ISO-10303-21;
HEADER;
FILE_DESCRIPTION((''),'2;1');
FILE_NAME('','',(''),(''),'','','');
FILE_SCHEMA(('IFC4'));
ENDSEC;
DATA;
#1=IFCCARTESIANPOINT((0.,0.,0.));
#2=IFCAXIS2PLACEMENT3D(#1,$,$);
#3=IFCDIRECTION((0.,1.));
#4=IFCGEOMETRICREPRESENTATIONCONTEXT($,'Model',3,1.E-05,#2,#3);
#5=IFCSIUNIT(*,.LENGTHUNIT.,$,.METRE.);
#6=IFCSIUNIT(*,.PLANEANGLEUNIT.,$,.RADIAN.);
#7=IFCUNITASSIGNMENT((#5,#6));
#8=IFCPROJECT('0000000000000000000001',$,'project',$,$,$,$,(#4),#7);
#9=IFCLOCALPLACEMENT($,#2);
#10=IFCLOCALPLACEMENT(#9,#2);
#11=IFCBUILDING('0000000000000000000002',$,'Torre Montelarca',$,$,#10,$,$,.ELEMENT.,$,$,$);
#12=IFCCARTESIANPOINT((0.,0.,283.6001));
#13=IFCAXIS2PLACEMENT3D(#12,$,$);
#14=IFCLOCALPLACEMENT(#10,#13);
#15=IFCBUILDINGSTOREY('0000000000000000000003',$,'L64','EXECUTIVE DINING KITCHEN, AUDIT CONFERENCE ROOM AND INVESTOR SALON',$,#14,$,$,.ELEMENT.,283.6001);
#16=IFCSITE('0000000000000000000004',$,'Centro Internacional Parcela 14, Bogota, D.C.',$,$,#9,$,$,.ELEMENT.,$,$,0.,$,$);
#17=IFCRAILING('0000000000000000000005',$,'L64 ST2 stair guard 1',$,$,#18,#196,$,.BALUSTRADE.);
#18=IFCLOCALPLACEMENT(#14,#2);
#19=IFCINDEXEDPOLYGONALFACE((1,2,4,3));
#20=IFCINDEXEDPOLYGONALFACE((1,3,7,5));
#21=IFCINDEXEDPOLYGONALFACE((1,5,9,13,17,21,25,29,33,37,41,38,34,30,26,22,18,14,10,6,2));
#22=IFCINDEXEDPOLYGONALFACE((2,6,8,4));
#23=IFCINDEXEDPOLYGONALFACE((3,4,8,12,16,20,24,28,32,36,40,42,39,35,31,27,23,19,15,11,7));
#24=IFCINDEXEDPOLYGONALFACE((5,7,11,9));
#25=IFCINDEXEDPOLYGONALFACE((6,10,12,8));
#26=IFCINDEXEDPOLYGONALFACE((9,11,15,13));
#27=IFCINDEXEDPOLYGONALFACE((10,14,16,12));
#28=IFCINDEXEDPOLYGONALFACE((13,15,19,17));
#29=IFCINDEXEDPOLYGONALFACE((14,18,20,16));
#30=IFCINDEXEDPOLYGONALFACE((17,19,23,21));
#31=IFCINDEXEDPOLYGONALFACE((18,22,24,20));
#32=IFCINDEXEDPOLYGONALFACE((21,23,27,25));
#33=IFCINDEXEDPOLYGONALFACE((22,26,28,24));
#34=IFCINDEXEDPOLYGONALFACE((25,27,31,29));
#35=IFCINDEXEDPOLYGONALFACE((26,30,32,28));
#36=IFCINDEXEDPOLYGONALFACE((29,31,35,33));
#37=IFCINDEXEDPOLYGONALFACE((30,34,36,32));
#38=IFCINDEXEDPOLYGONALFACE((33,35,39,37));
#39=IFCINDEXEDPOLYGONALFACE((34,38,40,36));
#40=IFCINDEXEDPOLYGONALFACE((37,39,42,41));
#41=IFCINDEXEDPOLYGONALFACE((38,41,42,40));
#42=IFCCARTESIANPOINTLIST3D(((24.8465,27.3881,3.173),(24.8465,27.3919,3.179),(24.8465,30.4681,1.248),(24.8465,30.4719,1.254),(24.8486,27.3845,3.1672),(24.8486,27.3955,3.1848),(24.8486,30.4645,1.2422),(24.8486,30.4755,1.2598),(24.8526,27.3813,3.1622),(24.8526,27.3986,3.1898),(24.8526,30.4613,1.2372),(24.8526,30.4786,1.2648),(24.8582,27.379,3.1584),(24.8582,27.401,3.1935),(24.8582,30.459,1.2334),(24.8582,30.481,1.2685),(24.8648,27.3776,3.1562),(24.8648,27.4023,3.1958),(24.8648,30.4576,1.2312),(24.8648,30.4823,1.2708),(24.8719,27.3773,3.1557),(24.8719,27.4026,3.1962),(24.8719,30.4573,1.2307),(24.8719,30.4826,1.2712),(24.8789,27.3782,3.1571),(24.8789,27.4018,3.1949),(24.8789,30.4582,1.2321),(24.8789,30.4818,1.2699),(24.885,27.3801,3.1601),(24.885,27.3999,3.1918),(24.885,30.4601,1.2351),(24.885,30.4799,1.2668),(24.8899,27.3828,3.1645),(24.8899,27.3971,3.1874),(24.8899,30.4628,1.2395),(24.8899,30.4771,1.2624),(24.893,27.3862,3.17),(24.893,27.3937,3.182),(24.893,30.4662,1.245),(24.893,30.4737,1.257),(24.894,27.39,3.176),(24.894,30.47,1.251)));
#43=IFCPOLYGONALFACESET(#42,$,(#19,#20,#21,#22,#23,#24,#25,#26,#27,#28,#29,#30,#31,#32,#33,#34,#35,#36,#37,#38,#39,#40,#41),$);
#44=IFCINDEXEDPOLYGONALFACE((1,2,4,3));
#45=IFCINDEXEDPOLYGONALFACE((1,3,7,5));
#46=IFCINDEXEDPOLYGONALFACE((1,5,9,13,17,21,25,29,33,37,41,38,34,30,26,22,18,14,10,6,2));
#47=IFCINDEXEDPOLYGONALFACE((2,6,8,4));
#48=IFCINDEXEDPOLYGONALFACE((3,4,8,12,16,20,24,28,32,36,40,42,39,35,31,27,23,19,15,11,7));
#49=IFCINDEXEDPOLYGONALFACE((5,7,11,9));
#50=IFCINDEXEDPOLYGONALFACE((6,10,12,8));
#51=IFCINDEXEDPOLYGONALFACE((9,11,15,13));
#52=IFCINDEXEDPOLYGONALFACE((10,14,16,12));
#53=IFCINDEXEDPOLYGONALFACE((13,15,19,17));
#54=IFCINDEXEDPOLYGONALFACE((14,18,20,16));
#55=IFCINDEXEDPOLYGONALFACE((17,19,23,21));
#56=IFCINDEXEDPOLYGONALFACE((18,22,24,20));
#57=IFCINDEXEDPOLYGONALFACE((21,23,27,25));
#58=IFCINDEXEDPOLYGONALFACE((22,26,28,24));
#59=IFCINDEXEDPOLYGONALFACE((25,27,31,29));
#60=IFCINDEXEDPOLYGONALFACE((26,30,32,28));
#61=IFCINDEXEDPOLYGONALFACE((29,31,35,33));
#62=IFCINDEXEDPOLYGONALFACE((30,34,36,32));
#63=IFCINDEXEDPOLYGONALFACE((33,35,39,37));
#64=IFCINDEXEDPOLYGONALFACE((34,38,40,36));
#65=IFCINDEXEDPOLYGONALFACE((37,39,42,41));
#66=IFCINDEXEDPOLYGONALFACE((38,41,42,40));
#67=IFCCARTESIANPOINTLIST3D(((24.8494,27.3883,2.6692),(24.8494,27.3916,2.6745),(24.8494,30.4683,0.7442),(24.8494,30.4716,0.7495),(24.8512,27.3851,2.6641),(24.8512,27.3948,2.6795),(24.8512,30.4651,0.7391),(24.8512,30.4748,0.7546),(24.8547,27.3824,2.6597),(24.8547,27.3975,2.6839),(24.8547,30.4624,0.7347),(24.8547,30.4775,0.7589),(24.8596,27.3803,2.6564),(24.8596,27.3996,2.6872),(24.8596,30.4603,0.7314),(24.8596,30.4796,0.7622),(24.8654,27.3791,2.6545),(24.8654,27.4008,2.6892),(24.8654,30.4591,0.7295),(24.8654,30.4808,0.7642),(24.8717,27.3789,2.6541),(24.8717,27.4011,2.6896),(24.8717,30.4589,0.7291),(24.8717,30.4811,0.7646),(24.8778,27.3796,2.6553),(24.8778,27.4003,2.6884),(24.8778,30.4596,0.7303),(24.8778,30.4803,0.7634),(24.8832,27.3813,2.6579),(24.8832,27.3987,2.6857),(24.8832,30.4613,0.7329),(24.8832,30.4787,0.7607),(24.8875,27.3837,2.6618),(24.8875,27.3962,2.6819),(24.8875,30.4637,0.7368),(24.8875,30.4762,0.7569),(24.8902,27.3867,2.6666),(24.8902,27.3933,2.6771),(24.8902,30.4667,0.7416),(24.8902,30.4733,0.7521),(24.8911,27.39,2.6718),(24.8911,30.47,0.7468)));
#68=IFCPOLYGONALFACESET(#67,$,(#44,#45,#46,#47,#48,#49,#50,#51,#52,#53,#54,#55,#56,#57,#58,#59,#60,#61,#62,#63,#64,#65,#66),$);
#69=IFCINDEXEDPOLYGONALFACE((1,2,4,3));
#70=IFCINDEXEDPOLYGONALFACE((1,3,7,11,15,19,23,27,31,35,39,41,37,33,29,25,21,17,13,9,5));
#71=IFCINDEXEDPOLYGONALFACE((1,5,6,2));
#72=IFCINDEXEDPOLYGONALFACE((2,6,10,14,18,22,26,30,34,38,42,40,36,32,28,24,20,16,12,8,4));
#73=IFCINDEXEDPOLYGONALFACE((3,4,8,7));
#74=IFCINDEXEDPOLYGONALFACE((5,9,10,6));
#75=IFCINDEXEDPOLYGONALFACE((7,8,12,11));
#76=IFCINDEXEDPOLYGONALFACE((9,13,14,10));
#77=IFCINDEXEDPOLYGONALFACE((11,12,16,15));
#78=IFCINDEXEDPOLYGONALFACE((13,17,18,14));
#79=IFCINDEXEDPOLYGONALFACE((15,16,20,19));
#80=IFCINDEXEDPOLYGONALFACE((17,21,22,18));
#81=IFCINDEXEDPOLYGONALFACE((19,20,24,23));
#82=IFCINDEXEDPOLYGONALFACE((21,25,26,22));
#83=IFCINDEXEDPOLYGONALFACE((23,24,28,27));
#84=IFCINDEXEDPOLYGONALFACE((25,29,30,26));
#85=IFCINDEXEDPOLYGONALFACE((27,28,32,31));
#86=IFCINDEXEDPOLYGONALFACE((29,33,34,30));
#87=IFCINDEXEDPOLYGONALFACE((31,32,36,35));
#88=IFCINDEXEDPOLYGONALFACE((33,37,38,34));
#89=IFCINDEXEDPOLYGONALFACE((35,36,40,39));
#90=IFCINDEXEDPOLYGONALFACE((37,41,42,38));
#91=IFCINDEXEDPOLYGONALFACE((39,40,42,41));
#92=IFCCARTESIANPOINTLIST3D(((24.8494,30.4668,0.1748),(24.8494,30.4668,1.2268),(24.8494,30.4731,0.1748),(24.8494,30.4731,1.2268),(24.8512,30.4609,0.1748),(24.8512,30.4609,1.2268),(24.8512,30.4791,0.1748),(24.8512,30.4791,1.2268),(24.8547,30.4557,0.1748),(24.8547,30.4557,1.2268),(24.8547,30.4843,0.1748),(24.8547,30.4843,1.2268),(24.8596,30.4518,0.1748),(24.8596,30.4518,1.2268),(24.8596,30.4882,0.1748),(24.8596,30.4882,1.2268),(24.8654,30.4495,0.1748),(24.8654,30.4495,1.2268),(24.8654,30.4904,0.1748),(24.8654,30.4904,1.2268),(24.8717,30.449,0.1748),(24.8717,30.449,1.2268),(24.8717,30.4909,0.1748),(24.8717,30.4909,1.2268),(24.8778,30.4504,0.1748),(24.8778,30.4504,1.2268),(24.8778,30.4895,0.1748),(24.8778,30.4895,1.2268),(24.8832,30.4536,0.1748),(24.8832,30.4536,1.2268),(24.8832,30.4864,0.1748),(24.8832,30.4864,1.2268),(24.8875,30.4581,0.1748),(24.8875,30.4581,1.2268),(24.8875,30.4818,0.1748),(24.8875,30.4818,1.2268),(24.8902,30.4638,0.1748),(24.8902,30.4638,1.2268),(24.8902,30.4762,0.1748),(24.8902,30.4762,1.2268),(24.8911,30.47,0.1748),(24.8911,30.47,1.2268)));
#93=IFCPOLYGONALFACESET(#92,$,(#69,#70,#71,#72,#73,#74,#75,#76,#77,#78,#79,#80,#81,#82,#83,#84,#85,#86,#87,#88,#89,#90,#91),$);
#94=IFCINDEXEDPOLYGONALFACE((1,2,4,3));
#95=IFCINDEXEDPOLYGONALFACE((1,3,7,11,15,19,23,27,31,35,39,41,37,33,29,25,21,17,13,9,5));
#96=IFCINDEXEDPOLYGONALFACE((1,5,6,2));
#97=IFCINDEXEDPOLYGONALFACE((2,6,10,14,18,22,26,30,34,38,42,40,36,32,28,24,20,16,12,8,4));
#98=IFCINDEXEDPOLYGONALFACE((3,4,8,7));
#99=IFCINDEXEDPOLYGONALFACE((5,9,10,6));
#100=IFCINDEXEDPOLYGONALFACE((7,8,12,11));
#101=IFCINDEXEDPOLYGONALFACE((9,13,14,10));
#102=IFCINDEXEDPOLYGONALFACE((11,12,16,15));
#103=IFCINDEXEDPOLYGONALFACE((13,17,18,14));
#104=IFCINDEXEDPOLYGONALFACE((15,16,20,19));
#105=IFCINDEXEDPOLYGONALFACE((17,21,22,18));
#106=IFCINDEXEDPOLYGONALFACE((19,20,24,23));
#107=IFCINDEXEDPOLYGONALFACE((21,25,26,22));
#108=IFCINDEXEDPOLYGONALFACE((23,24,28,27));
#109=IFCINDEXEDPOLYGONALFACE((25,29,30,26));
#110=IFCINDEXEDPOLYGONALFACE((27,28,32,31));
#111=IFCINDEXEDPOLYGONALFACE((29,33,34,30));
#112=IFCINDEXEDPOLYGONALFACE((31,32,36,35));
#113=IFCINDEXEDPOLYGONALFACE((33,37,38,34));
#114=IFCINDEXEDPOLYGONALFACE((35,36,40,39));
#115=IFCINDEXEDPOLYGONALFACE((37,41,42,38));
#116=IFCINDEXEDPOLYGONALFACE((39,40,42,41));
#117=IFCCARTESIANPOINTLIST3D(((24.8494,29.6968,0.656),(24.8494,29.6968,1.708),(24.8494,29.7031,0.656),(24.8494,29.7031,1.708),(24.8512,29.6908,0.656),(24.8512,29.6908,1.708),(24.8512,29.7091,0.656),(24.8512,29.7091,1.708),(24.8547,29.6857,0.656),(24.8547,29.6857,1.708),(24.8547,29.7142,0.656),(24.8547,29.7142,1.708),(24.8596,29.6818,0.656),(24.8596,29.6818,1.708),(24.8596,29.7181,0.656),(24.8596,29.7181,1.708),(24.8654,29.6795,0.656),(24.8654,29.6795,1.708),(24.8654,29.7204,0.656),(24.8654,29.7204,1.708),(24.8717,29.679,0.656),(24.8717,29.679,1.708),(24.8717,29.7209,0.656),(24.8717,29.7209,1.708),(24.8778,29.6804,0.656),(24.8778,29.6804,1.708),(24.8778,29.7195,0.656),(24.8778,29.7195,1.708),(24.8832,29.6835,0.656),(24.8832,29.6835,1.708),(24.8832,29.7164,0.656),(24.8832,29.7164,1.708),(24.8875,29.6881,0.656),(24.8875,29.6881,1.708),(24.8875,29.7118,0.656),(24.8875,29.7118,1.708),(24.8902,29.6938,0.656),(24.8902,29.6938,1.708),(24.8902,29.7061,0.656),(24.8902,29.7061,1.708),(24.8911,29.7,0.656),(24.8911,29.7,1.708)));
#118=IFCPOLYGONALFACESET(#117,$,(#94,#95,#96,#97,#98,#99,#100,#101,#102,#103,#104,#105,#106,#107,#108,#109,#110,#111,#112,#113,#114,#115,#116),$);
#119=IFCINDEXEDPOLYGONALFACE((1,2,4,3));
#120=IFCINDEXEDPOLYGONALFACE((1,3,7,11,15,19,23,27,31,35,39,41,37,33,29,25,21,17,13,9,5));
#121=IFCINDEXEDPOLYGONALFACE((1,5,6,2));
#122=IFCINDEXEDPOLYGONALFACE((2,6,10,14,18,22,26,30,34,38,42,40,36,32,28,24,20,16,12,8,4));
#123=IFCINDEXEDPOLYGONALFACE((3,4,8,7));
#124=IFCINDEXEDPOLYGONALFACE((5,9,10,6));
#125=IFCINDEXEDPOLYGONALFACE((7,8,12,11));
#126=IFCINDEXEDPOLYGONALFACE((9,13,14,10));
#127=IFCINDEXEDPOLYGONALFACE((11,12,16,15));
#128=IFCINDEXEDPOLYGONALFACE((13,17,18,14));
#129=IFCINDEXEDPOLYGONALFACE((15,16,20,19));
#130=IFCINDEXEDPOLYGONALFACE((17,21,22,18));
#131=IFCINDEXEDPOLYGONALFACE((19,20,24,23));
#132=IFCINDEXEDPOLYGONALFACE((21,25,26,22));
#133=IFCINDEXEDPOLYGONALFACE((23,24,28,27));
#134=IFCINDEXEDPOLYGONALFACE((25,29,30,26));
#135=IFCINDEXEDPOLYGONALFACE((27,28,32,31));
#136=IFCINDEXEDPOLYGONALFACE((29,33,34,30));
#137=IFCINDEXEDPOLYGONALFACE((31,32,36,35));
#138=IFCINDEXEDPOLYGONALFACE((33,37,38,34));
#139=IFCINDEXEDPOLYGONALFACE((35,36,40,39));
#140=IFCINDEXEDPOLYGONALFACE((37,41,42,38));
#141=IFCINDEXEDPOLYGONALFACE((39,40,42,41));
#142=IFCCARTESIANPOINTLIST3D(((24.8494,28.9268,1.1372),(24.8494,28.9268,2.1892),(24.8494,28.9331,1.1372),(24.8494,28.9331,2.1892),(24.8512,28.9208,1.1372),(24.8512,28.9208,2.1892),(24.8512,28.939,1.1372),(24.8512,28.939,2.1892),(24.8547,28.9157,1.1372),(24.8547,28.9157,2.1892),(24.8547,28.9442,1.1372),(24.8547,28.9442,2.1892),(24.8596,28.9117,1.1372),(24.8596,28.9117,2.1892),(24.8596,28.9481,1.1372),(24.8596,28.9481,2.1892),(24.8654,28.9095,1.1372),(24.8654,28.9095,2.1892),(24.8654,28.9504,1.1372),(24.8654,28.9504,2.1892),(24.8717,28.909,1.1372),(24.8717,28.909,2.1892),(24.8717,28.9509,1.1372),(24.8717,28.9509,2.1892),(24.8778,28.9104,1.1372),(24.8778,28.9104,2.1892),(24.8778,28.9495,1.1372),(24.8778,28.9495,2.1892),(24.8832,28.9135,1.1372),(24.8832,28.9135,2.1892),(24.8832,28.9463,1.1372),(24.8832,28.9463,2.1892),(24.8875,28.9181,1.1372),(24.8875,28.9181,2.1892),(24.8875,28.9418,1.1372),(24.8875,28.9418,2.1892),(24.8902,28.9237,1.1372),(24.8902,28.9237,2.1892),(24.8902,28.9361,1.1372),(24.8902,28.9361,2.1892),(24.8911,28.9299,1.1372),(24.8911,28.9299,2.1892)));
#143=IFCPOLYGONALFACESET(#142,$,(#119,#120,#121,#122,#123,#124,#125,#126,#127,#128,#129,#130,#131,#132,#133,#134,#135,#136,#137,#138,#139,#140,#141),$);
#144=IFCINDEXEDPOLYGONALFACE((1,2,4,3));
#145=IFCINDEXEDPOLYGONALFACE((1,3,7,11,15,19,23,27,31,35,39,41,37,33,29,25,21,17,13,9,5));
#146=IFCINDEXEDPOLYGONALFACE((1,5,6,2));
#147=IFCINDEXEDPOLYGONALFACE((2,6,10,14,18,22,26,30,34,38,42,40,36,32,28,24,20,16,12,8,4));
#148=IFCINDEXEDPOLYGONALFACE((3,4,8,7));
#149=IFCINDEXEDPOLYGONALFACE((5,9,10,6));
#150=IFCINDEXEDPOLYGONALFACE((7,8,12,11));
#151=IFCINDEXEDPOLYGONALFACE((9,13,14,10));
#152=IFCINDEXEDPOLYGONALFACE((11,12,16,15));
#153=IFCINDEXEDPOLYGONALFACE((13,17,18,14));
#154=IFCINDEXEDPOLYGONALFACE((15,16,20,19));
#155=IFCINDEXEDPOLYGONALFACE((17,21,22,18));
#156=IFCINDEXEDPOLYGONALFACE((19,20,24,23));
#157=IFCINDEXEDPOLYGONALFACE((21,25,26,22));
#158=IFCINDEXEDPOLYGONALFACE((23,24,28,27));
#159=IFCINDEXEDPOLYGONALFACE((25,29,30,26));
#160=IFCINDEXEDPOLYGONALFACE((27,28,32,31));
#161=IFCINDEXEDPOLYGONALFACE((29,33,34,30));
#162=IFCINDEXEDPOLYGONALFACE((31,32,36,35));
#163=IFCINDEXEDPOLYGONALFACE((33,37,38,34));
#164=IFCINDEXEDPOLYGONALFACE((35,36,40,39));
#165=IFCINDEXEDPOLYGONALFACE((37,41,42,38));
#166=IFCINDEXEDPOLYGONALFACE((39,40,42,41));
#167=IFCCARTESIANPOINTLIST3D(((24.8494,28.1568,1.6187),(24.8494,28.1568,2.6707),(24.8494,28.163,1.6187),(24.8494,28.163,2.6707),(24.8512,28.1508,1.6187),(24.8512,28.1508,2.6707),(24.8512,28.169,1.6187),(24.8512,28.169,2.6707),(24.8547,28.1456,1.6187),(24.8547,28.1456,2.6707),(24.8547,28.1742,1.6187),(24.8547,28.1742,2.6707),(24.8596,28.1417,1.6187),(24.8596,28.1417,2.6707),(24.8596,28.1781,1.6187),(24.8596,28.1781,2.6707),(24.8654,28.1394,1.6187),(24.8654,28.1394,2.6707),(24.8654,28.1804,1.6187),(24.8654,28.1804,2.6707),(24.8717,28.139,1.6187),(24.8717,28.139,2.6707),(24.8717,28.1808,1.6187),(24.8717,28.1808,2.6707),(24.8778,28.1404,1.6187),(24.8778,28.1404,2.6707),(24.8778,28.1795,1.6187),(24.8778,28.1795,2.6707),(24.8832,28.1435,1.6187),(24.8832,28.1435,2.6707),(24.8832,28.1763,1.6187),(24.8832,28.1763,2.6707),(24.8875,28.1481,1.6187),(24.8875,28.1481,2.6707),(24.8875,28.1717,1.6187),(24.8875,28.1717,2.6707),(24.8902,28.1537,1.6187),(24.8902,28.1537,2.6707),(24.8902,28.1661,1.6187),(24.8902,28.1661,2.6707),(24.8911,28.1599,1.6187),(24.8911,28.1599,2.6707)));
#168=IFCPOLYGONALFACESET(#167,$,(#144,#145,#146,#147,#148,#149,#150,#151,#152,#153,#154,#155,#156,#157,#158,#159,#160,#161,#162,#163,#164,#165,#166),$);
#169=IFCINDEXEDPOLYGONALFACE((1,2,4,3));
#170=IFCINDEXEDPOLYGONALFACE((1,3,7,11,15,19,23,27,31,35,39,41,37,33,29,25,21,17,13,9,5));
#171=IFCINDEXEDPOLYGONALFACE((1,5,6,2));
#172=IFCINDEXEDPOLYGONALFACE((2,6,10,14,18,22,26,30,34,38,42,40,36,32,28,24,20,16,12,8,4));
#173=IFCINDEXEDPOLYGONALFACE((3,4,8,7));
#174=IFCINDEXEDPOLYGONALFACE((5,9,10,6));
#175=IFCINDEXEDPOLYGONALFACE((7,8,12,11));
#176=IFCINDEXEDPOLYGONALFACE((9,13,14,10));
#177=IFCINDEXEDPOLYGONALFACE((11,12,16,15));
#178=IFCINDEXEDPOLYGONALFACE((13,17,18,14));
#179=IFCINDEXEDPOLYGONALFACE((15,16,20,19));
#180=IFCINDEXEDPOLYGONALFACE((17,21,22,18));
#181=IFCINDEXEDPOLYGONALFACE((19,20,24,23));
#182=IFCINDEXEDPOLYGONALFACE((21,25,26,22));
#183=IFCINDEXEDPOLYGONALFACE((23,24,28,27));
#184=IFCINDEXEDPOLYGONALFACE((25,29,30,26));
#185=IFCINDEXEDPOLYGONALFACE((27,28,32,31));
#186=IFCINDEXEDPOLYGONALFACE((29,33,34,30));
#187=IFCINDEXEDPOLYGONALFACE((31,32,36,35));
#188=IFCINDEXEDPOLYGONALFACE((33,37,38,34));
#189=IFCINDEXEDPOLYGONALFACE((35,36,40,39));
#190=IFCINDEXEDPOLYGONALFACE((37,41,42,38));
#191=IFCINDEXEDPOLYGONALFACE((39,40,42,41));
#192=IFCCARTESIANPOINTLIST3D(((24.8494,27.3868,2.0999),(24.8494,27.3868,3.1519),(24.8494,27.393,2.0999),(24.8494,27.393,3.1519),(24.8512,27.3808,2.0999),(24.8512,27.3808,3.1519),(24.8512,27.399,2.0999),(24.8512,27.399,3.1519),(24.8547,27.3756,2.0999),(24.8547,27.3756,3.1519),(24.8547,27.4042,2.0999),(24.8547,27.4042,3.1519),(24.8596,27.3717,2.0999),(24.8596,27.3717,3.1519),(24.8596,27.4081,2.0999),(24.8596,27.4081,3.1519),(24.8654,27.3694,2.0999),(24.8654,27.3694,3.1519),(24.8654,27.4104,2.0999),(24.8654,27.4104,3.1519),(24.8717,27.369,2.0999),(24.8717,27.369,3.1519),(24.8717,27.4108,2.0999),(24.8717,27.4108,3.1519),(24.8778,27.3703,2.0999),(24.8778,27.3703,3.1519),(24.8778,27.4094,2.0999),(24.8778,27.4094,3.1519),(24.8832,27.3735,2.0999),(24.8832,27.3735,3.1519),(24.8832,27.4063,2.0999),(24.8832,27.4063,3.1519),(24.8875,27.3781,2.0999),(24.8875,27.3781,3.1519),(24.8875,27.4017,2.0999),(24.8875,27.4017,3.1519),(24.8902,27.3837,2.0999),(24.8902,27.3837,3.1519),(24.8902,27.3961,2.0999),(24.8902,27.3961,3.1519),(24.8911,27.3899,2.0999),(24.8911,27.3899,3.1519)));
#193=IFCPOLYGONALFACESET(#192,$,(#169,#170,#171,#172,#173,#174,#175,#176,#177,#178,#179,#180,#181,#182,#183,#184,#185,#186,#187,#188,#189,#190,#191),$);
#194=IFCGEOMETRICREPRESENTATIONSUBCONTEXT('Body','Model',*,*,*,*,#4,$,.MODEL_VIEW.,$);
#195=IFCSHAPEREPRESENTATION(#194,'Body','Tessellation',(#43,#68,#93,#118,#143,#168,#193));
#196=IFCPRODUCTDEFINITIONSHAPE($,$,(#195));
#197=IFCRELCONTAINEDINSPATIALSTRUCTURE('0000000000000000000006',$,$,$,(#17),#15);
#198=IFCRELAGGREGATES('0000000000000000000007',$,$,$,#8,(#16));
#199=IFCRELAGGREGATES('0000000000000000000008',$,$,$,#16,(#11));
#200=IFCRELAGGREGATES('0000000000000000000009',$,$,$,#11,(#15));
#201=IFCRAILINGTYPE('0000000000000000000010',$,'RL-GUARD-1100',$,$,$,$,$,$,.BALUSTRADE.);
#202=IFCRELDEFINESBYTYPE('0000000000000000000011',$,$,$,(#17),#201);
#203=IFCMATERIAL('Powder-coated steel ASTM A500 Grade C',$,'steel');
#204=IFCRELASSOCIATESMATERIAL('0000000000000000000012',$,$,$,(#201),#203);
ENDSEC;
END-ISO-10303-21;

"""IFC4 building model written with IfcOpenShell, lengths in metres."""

from ifc_helpers import new_model, si_unit, direction, frame, origin, origin_2d, place, context, subcontext, project, spatial, circle, extrude, material, type_object, element, save


model = new_model("IFC4")

# Units and contexts
model_context = context("Model", 3, precision=1e-05, world=origin(), true_north=direction((0.0, 1.0)))
body_context = subcontext(model_context, "Body", "Model", "MODEL_VIEW")
ifc_project = project(units=[si_unit("LENGTHUNIT", "METRE"), si_unit("PLANEANGLEUNIT", "RADIAN")], contexts=[model_context])

# Site, building, storey
site_placement = place(None, origin())
site = spatial("IfcSite", under=ifc_project, at=site_placement, Name="Centro Internacional Parcela 14, Bogota, D.C.", CompositionType="ELEMENT", RefElevation=0.0)
building_placement = place(site_placement, origin())
building = spatial("IfcBuilding", under=site, at=building_placement, Name="Torre Montelarca", CompositionType="ELEMENT")
storey_placement = place(building_placement, frame((0.0, 0.0, 283.6001)))
storey = spatial("IfcBuildingStorey", under=building, at=storey_placement, Name="L64", Description="EXECUTIVE DINING KITCHEN, AUDIT CONFERENCE ROOM AND INVESTOR SALON", CompositionType="ELEMENT", Elevation=283.6001)

# Railing
ifc_material_1 = material(Name="Powder-coated steel ASTM A500 Grade C", Category="steel")
railing_type_1 = type_object("IfcRailingType", Name="RL-GUARD-1100", PredefinedType="BALUSTRADE", material=ifc_material_1)
railing_1_placement = place(storey_placement, frame((24.8701, 30.47, 0.1748)))
element("IfcRailing", 1, at=railing_1_placement, inside=storey, type_object=railing_type_1, Name="L64 ST2 stair guard 1", PredefinedType="BALUSTRADE", context=body_context, shape_type="SweptSolid", body=[
    extrude(circle(Radius=0.0239, at=origin_2d()), frame((0.0, 0.0, 1.0762), z_axis=(0.0, -0.847998, 0.529999), x_axis=(1.0, 0.0, 0.0)), (0.0, 0.0, 1.0), 3.6321),
    extrude(circle(Radius=0.021, at=origin_2d()), frame((0.0, 0.0, 0.572), z_axis=(0.0, -0.847998, 0.529999), x_axis=(1.0, 0.0, 0.0)), (0.0, 0.0, 1.0), 3.6321),
    extrude(circle(Radius=0.021, at=origin_2d()), origin(), (0.0, 0.0, 1.0), 1.052),
    extrude(circle(Radius=0.021, at=origin_2d()), frame((0.0, -0.77, 0.4812)), (0.0, 0.0, 1.0), 1.052),
    extrude(circle(Radius=0.021, at=origin_2d()), frame((0.0, -1.54, 0.9624)), (0.0, 0.0, 1.0), 1.052),
    extrude(circle(Radius=0.021, at=origin_2d()), frame((0.0, -2.3101, 1.4438)), (0.0, 0.0, 1.0), 1.052),
    extrude(circle(Radius=0.021, at=origin_2d()), frame((0.0, -3.0801, 1.925)), (0.0, 0.0, 1.0), 1.052),
])

save(model, "model.ifc")
